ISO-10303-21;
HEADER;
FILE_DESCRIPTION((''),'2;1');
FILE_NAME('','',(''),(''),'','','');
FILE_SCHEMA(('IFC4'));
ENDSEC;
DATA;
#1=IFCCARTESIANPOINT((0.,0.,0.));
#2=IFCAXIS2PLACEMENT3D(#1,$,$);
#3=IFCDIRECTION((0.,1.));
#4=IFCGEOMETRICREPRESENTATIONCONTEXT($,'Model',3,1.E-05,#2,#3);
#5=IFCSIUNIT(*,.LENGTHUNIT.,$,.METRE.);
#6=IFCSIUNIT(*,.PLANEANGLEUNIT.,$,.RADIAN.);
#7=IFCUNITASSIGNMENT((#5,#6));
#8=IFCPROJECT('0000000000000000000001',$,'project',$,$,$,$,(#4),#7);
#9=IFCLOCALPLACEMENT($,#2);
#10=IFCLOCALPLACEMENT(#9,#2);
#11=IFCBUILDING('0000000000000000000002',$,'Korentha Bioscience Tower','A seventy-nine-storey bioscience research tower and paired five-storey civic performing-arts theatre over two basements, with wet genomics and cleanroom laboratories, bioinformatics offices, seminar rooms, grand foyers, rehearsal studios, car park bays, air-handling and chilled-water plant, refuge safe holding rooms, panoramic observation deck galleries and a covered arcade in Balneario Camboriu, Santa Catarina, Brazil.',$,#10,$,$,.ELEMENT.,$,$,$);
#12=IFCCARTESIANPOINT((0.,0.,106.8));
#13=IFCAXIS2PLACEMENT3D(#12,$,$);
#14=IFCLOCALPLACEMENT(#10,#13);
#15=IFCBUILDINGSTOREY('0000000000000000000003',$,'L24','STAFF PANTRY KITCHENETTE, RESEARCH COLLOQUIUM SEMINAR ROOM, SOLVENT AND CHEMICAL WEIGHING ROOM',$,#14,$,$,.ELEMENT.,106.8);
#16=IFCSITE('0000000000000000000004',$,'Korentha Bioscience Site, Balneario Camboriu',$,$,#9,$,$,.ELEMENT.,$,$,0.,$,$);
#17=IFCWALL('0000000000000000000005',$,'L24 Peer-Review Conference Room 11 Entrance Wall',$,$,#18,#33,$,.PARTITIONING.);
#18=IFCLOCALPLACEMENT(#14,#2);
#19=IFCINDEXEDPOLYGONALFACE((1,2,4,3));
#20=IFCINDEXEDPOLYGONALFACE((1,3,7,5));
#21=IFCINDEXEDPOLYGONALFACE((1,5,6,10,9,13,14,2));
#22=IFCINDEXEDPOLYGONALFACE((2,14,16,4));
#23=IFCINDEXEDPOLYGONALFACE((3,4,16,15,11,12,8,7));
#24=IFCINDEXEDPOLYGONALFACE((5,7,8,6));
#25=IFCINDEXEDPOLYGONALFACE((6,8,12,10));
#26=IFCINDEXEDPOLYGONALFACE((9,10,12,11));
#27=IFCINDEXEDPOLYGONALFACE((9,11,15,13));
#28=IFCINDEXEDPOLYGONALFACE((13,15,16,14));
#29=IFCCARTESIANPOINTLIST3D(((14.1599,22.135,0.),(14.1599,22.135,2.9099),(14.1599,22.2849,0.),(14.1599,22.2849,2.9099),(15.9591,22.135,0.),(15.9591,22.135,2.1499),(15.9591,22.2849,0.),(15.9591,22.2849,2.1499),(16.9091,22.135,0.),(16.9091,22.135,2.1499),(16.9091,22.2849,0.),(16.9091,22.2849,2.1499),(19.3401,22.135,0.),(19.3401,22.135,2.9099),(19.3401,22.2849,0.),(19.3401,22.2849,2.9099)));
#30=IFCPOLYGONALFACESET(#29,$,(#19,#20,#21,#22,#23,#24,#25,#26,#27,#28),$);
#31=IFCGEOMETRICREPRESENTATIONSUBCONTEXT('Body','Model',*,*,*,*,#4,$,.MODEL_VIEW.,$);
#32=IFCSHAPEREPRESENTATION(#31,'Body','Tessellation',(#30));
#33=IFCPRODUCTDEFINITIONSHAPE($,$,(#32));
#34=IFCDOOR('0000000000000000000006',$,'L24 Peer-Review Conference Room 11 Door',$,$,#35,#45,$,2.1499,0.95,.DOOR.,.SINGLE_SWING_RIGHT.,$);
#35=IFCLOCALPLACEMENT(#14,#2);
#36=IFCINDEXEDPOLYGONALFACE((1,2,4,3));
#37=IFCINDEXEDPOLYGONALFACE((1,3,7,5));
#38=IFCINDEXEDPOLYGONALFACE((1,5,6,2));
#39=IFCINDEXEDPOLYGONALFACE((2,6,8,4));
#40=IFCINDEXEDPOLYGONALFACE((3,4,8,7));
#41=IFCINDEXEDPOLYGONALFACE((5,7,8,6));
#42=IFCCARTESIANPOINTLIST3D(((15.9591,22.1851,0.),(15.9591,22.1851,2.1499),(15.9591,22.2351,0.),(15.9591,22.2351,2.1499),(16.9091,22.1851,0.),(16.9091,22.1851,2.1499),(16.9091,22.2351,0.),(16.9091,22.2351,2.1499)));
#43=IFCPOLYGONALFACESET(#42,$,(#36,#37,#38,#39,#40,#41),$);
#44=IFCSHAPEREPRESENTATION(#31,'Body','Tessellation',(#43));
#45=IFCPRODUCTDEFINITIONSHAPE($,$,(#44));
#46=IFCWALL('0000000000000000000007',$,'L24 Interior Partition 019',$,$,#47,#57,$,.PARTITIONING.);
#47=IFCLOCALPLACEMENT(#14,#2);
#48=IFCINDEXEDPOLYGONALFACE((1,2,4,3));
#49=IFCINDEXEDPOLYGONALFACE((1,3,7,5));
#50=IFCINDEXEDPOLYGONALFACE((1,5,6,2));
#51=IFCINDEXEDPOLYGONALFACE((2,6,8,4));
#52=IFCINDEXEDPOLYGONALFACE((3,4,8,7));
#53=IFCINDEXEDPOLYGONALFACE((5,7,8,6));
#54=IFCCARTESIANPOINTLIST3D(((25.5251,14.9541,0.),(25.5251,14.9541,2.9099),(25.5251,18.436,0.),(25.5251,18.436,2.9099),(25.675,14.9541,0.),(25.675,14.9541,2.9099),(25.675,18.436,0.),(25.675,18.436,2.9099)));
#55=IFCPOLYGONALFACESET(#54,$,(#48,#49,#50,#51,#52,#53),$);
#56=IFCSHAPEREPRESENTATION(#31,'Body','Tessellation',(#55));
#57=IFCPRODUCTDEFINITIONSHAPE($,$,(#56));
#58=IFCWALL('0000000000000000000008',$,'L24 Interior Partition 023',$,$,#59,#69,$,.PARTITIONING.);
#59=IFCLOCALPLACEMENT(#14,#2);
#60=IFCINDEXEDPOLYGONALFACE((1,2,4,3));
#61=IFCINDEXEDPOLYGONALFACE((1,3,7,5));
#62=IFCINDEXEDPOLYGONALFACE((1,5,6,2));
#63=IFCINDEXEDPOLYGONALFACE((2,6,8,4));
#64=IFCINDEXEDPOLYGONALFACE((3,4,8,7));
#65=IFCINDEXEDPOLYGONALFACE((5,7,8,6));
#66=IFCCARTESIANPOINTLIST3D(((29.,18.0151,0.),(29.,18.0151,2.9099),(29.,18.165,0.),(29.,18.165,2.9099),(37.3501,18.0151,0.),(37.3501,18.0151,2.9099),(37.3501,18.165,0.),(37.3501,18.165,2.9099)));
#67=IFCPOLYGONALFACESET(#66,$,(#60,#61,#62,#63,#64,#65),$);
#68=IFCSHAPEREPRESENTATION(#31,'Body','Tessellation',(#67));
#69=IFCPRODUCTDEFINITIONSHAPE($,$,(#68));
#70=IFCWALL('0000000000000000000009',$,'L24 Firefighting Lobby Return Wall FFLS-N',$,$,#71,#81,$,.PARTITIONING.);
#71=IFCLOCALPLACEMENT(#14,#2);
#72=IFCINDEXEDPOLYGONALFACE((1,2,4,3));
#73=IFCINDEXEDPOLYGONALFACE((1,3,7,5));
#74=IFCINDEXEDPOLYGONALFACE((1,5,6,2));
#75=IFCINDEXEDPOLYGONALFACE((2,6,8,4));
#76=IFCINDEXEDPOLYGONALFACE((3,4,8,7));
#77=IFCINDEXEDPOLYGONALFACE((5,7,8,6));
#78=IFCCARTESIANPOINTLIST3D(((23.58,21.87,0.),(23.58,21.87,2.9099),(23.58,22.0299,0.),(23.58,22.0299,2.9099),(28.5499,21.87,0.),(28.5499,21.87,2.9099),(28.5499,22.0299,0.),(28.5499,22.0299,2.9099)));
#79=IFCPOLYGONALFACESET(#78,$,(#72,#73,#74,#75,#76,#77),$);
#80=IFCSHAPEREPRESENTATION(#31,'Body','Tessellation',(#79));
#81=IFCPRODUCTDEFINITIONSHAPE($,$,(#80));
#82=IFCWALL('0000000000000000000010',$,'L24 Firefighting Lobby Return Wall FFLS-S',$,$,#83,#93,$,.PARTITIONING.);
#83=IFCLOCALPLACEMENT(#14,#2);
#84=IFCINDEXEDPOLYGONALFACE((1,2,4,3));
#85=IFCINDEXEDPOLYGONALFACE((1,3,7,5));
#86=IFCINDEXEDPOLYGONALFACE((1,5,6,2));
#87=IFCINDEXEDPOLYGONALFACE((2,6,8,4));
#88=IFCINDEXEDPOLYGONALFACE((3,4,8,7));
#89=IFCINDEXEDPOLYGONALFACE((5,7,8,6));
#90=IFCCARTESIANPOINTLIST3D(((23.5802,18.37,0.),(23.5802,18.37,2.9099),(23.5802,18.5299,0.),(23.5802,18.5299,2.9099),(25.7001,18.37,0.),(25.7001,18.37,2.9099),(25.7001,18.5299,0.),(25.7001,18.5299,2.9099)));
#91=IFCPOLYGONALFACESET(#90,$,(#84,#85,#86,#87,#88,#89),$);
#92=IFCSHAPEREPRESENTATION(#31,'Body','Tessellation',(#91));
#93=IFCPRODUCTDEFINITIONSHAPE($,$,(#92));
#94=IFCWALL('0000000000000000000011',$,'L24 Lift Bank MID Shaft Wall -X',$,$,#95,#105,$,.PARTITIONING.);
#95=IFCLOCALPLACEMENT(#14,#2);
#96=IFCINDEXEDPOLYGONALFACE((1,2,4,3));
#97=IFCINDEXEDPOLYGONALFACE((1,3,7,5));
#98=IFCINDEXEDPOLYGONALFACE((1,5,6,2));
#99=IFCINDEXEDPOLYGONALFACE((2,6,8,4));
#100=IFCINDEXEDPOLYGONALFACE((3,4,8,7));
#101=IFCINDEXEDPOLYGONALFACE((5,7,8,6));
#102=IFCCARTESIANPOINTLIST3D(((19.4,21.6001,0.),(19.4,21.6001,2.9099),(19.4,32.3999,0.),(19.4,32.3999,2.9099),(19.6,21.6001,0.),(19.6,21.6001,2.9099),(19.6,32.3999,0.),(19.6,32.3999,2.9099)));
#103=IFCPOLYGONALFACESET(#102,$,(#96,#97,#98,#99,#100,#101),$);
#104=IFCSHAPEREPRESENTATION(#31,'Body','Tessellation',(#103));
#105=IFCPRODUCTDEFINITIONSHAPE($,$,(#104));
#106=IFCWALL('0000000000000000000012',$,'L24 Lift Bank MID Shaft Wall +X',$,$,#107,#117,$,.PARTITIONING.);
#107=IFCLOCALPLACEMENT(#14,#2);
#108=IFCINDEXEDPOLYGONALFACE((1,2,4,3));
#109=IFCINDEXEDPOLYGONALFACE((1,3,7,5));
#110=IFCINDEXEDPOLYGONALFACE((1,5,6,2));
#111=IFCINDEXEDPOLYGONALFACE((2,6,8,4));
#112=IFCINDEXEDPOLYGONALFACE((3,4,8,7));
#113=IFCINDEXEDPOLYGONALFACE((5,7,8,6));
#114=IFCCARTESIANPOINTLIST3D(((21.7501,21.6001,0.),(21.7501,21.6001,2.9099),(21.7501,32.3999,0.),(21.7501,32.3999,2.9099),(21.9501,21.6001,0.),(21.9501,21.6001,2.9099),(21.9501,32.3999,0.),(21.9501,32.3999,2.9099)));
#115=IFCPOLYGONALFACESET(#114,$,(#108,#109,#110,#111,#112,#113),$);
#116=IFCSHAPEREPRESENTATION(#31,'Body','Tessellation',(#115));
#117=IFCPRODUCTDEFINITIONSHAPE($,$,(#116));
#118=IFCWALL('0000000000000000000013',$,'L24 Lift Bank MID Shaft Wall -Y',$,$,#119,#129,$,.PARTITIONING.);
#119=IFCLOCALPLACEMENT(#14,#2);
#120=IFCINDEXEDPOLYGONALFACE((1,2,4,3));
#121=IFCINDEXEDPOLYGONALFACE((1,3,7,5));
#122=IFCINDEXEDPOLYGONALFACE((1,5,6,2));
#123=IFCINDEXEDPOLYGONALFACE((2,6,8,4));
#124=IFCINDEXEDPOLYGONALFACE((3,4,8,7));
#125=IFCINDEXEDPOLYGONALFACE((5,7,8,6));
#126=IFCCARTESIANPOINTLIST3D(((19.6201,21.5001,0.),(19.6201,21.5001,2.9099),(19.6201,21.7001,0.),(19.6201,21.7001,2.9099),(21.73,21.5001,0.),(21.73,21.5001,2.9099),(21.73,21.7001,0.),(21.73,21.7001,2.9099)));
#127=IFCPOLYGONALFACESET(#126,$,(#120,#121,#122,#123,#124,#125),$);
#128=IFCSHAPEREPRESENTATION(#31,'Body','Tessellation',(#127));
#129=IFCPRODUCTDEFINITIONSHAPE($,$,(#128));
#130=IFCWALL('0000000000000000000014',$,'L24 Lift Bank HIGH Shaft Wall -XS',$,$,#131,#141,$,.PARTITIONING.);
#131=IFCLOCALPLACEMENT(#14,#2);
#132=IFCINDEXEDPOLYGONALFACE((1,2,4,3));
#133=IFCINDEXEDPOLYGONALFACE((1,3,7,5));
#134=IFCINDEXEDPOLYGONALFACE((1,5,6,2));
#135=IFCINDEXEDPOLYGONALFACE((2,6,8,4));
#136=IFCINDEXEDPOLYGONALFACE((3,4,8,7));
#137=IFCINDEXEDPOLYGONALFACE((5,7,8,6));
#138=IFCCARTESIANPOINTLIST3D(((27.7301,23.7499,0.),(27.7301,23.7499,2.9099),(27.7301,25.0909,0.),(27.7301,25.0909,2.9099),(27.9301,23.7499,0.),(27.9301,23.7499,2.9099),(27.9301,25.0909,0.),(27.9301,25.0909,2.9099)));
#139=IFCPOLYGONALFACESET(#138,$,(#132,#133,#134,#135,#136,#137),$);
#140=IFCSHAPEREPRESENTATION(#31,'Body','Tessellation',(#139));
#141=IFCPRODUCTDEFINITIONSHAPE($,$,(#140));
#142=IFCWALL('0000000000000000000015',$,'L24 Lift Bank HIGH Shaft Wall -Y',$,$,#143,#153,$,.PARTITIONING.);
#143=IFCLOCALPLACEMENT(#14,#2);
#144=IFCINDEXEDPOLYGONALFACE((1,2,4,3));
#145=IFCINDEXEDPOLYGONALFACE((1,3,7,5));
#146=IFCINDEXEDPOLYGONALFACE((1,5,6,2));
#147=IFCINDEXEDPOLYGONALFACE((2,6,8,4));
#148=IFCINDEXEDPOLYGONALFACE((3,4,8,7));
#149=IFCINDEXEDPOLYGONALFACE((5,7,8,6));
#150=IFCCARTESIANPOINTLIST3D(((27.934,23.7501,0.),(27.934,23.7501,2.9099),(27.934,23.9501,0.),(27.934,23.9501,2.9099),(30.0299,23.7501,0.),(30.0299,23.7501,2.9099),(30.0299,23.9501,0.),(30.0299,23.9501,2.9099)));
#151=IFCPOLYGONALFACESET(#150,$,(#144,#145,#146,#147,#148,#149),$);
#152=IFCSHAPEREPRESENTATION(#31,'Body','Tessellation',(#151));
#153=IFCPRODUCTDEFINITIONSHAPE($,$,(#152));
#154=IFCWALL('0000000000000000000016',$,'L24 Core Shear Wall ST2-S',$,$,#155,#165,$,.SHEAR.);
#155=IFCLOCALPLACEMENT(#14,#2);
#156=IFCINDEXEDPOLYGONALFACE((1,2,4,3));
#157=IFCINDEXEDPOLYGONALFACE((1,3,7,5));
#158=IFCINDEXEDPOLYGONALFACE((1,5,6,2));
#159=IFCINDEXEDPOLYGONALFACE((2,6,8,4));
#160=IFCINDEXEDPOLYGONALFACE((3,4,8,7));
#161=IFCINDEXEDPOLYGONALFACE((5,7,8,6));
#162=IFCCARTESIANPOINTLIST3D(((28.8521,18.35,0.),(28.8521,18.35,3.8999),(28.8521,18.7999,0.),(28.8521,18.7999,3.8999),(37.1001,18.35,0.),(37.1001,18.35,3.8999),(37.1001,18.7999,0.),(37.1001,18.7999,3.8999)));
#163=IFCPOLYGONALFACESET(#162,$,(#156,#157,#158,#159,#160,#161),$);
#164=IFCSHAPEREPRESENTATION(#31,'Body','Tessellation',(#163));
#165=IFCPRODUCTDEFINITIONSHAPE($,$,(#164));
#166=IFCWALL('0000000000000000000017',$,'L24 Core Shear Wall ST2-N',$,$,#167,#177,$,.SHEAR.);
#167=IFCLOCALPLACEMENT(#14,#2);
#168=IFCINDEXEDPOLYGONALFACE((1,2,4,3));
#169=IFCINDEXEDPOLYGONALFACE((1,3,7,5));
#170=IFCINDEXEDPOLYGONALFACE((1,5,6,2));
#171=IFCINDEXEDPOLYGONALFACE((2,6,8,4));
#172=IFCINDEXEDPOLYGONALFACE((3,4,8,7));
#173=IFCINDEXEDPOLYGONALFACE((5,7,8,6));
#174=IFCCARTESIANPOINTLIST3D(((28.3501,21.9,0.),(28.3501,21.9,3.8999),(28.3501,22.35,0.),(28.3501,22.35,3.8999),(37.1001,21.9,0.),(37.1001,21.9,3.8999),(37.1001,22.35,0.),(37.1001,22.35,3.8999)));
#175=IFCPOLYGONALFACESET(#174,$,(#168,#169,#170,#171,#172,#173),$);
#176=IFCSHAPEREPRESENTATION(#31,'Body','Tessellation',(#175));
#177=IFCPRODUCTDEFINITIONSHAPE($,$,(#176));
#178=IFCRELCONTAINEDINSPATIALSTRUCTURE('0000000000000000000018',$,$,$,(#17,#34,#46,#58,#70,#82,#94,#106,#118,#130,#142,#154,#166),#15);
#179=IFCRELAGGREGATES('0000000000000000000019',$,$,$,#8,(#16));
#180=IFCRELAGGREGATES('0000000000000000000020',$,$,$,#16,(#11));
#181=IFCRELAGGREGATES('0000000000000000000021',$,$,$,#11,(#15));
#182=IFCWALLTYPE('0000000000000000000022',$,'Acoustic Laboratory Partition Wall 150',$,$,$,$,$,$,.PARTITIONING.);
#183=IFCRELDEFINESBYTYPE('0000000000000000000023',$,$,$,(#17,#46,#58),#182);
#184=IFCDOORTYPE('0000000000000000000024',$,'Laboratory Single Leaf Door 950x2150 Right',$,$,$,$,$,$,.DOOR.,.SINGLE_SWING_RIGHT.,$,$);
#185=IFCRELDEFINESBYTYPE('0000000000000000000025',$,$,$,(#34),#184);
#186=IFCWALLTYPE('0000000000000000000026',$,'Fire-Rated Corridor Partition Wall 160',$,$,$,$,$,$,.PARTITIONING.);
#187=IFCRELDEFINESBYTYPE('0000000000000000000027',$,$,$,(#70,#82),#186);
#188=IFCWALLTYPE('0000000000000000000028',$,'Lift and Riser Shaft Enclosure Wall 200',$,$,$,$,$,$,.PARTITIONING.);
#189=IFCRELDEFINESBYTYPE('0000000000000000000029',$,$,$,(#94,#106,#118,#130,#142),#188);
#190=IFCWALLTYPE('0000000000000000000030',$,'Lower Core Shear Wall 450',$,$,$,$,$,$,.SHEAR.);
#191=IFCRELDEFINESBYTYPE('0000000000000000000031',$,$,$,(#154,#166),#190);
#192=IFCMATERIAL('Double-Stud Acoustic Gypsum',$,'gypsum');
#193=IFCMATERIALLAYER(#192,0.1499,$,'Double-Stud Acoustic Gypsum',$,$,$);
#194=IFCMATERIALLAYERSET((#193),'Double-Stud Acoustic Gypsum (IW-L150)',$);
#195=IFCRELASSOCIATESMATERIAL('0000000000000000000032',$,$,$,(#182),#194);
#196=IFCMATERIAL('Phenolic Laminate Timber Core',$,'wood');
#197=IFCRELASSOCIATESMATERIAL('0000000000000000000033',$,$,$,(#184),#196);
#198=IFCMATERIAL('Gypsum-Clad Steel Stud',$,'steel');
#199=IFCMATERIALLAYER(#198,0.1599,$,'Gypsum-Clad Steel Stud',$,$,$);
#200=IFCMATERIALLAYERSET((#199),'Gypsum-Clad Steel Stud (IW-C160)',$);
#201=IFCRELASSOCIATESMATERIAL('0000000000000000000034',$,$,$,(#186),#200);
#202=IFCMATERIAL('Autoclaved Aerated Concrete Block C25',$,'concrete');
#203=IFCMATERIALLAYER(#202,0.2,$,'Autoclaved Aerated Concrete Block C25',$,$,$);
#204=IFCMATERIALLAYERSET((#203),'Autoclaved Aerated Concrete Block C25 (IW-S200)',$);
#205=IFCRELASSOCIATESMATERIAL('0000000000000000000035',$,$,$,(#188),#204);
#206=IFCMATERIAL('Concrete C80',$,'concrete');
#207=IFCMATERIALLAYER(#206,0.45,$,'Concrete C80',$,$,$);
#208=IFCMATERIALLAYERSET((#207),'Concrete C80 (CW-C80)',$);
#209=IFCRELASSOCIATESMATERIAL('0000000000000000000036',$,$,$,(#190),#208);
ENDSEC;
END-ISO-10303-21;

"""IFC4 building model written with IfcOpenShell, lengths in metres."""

from ifc_helpers import new_model, si_unit, direction, frame, frame_2d, origin, place, context, subcontext, project, spatial, rectangle, extrude, material, layer, layer_set, type_object, element, fill, save


model = new_model("IFC4")

# Units and contexts
model_context = context("Model", 3, precision=1e-05, world=origin(), true_north=direction((0.0, 1.0)))
body_context = subcontext(model_context, "Body", "Model", "MODEL_VIEW")
ifc_project = project(units=[si_unit("LENGTHUNIT", "METRE"), si_unit("PLANEANGLEUNIT", "RADIAN")], contexts=[model_context])

# Site, building, storey
site_placement = place(None, origin())
site = spatial("IfcSite", under=ifc_project, at=site_placement, Name="Korentha Bioscience Site, Balneario Camboriu", CompositionType="ELEMENT", RefElevation=0.0)
building_placement = place(site_placement, origin())
building = spatial("IfcBuilding", under=site, at=building_placement, Name="Korentha Bioscience Tower", Description="A seventy-nine-storey bioscience research tower and paired five-storey civic performing-arts theatre over two basements, with wet genomics and cleanroom laboratories, bioinformatics offices, seminar rooms, grand foyers, rehearsal studios, car park bays, air-handling and chilled-water plant, refuge safe holding rooms, panoramic observation deck galleries and a covered arcade in Balneario Camboriu, Santa Catarina, Brazil.", CompositionType="ELEMENT")
storey_placement = place(building_placement, frame((0.0, 0.0, 106.8)))
storey = spatial("IfcBuildingStorey", under=building, at=storey_placement, Name="L24", Description="STAFF PANTRY KITCHENETTE, RESEARCH COLLOQUIUM SEMINAR ROOM, SOLVENT AND CHEMICAL WEIGHING ROOM", CompositionType="ELEMENT", Elevation=106.8)

# Shared definitions
ifc_material_1 = material(Name="Concrete C80", Category="concrete")

# Wall, opening, door
ifc_material_2 = material(Name="Double-Stud Acoustic Gypsum", Category="gypsum")
ifc_layer_1 = layer(ifc_material_2, 0.1499, Name="Double-Stud Acoustic Gypsum")
ifc_layer_set_1 = layer_set([ifc_layer_1], Name="Double-Stud Acoustic Gypsum (IW-L150)")
wall_type_1 = type_object("IfcWallType", Name="Acoustic Laboratory Partition Wall 150", PredefinedType="PARTITIONING", material=ifc_layer_set_1)
wall_1_placement = place(storey_placement, frame((19.3401, 22.21, 0.0), z_axis=(0.0, 0.0, 1.0), x_axis=(-1.0, 0.0, 0.0)))
wall_1 = element("IfcWall", 1, at=wall_1_placement, inside=storey, type_object=wall_type_1, Name="L24 Peer-Review Conference Room 11 Entrance Wall", PredefinedType="PARTITIONING", context=body_context, shape_type="SweptSolid", body=[
    extrude(rectangle(XDim=5.1802, YDim=0.1499, at=frame_2d((2.5901, 0.0))), origin(), (0.0, 0.0, 1.0), 2.9099),
])
opening_1_placement = place(wall_1_placement, frame((2.4309, 0.0, 0.0)))
opening_1 = element("IfcOpeningElement", 2, at=opening_1_placement, cuts=wall_1, PredefinedType="OPENING", context=body_context, shape_type="SweptSolid", body=[
    extrude(rectangle(XDim=0.95, YDim=2.1499, at=frame_2d((0.4751, 1.075))), frame((0.0, 0.0898, 0.0), z_axis=(0.0, -1.0, 0.0), x_axis=(1.0, 0.0, 0.0)), (0.0, 0.0, 1.0), 0.1797),
])
ifc_material_3 = material(Name="Phenolic Laminate Timber Core", Category="wood")
door_type_1 = type_object("IfcDoorType", Name="Laboratory Single Leaf Door 950x2150 Right", OperationType="SINGLE_SWING_RIGHT", PredefinedType="DOOR", material=ifc_material_3)
door_1_placement = place(opening_1_placement, origin())
door_1 = element("IfcDoor", 3, at=door_1_placement, inside=storey, type_object=door_type_1, Name="L24 Peer-Review Conference Room 11 Door", OperationType="SINGLE_SWING_RIGHT", OverallHeight=2.1499, OverallWidth=0.95, PredefinedType="DOOR", context=body_context, shape_type="SweptSolid", body=[
    extrude(rectangle(XDim=0.95, YDim=2.1499, at=frame_2d((0.4751, 1.075))), frame((0.0, 0.0249, 0.0), z_axis=(0.0, -1.0, 0.0), x_axis=(1.0, 0.0, 0.0)), (0.0, 0.0, 1.0), 0.05),
])
fill(opening_1, door_1)

# Walls
wall_2_placement = place(storey_placement, frame((25.6001, 18.436, 0.0), z_axis=(0.0, 0.0, 1.0), x_axis=(0.0, -1.0, 0.0)))
element("IfcWall", 4, at=wall_2_placement, inside=storey, type_object=wall_type_1, Name="L24 Interior Partition 019", PredefinedType="PARTITIONING", context=body_context, shape_type="SweptSolid", body=[
    extrude(rectangle(XDim=3.4819, YDim=0.1499, at=frame_2d((1.741, 0.0))), origin(), (0.0, 0.0, 1.0), 2.9099),
])
wall_3_placement = place(storey_placement, frame((29.0, 18.0901, 0.0), z_axis=(0.0, 0.0, 1.0), x_axis=(1.0, 0.0, 0.0)))
element("IfcWall", 5, at=wall_3_placement, inside=storey, type_object=wall_type_1, Name="L24 Interior Partition 023", PredefinedType="PARTITIONING", context=body_context, shape_type="SweptSolid", body=[
    extrude(rectangle(XDim=8.3501, YDim=0.1499, at=frame_2d((4.175, 0.0))), origin(), (0.0, 0.0, 1.0), 2.9099),
])

# Shared definitions
ifc_material_4 = material(Name="Gypsum-Clad Steel Stud", Category="steel")
ifc_layer_2 = layer(ifc_material_4, 0.1599, Name="Gypsum-Clad Steel Stud")
ifc_layer_set_2 = layer_set([ifc_layer_2], Name="Gypsum-Clad Steel Stud (IW-C160)")
wall_type_2 = type_object("IfcWallType", Name="Fire-Rated Corridor Partition Wall 160", PredefinedType="PARTITIONING", material=ifc_layer_set_2)

# Walls
wall_4_placement = place(storey_placement, frame((23.5801, 21.95, 0.0), z_axis=(0.0, 0.0, 1.0), x_axis=(1.0, 0.0, 0.0)))
element("IfcWall", 6, at=wall_4_placement, inside=storey, type_object=wall_type_2, Name="L24 Firefighting Lobby Return Wall FFLS-N", PredefinedType="PARTITIONING", context=body_context, shape_type="SweptSolid", body=[
    extrude(rectangle(XDim=4.97, YDim=0.1599, at=frame_2d((2.4849, 0.0))), origin(), (0.0, 0.0, 1.0), 2.9099),
])
wall_5_placement = place(storey_placement, frame((23.5801, 18.45, 0.0), z_axis=(0.0, 0.0, 1.0), x_axis=(1.0, 0.0, 0.0)))
element("IfcWall", 7, at=wall_5_placement, inside=storey, type_object=wall_type_2, Name="L24 Firefighting Lobby Return Wall FFLS-S", PredefinedType="PARTITIONING", context=body_context, shape_type="SweptSolid", body=[
    extrude(rectangle(XDim=2.1199, YDim=0.1599, at=frame_2d((1.0601, 0.0))), origin(), (0.0, 0.0, 1.0), 2.9099),
])
ifc_material_5 = material(Name="Autoclaved Aerated Concrete Block C25", Category="concrete")
ifc_layer_3 = layer(ifc_material_5, 0.2, Name="Autoclaved Aerated Concrete Block C25")
ifc_layer_set_3 = layer_set([ifc_layer_3], Name="Autoclaved Aerated Concrete Block C25 (IW-S200)")
wall_type_3 = type_object("IfcWallType", Name="Lift and Riser Shaft Enclosure Wall 200", PredefinedType="PARTITIONING", material=ifc_layer_set_3)
for number, where, z_axis, x_axis, name in (
    (8, (19.5, 21.6001, 0.0), (0.0, 0.0, 1.0), (0.0, 1.0, 0.0), "L24 Lift Bank MID Shaft Wall -X"),
    (9, (21.8501, 21.6001, 0.0), (0.0, 0.0, 1.0), (0.0, 1.0, 0.0), "L24 Lift Bank MID Shaft Wall +X"),
):
    element("IfcWall", number, at=place(storey_placement, frame(where, z_axis=z_axis, x_axis=x_axis)), inside=storey, type_object=wall_type_3, Name=name, PredefinedType="PARTITIONING", context=body_context, shape_type="SweptSolid", body=[
        extrude(rectangle(XDim=10.7998, YDim=0.2, at=frame_2d((5.3999, 0.0))), origin(), (0.0, 0.0, 1.0), 2.9099),
    ])
wall_6_placement = place(storey_placement, frame((19.6201, 21.6001, 0.0), z_axis=(0.0, 0.0, 1.0), x_axis=(1.0, 0.0, 0.0)))
element("IfcWall", 10, at=wall_6_placement, inside=storey, type_object=wall_type_3, Name="L24 Lift Bank MID Shaft Wall -Y", PredefinedType="PARTITIONING", context=body_context, shape_type="SweptSolid", body=[
    extrude(rectangle(XDim=2.1099, YDim=0.2, at=frame_2d((1.0549, 0.0))), origin(), (0.0, 0.0, 1.0), 2.9099),
])
wall_7_placement = place(storey_placement, frame((27.8301, 23.75, 0.0), z_axis=(0.0, 0.0, 1.0), x_axis=(0.0, 1.0, 0.0)))
element("IfcWall", 11, at=wall_7_placement, inside=storey, type_object=wall_type_3, Name="L24 Lift Bank HIGH Shaft Wall -XS", PredefinedType="PARTITIONING", context=body_context, shape_type="SweptSolid", body=[
    extrude(rectangle(XDim=1.3411, YDim=0.2, at=frame_2d((0.6704, 0.0))), origin(), (0.0, 0.0, 1.0), 2.9099),
])
wall_8_placement = place(storey_placement, frame((27.9341, 23.8501, 0.0), z_axis=(0.0, 0.0, 1.0), x_axis=(1.0, 0.0, 0.0)))
element("IfcWall", 12, at=wall_8_placement, inside=storey, type_object=wall_type_3, Name="L24 Lift Bank HIGH Shaft Wall -Y", PredefinedType="PARTITIONING", context=body_context, shape_type="SweptSolid", body=[
    extrude(rectangle(XDim=2.0959, YDim=0.2, at=frame_2d((1.0479, 0.0))), origin(), (0.0, 0.0, 1.0), 2.9099),
])
ifc_layer_4 = layer(ifc_material_1, 0.45, Name="Concrete C80")
ifc_layer_set_4 = layer_set([ifc_layer_4], Name="Concrete C80 (CW-C80)")
wall_type_4 = type_object("IfcWallType", Name="Lower Core Shear Wall 450", PredefinedType="SHEAR", material=ifc_layer_set_4)
wall_9_placement = place(storey_placement, frame((28.8521, 18.575, 0.0), z_axis=(0.0, 0.0, 1.0), x_axis=(1.0, 0.0, 0.0)))
element("IfcWall", 13, at=wall_9_placement, inside=storey, type_object=wall_type_4, Name="L24 Core Shear Wall ST2-S", PredefinedType="SHEAR", context=body_context, shape_type="SweptSolid", body=[
    extrude(rectangle(XDim=8.248, YDim=0.45, at=frame_2d((4.124, 0.0))), origin(), (0.0, 0.0, 1.0), 3.8999),
])
wall_10_placement = place(storey_placement, frame((28.3501, 22.125, 0.0), z_axis=(0.0, 0.0, 1.0), x_axis=(1.0, 0.0, 0.0)))
element("IfcWall", 14, at=wall_10_placement, inside=storey, type_object=wall_type_4, Name="L24 Core Shear Wall ST2-N", PredefinedType="SHEAR", context=body_context, shape_type="SweptSolid", body=[
    extrude(rectangle(XDim=8.75, YDim=0.45, at=frame_2d((4.375, 0.0))), origin(), (0.0, 0.0, 1.0), 3.8999),
])

save(model, "model.ifc")
